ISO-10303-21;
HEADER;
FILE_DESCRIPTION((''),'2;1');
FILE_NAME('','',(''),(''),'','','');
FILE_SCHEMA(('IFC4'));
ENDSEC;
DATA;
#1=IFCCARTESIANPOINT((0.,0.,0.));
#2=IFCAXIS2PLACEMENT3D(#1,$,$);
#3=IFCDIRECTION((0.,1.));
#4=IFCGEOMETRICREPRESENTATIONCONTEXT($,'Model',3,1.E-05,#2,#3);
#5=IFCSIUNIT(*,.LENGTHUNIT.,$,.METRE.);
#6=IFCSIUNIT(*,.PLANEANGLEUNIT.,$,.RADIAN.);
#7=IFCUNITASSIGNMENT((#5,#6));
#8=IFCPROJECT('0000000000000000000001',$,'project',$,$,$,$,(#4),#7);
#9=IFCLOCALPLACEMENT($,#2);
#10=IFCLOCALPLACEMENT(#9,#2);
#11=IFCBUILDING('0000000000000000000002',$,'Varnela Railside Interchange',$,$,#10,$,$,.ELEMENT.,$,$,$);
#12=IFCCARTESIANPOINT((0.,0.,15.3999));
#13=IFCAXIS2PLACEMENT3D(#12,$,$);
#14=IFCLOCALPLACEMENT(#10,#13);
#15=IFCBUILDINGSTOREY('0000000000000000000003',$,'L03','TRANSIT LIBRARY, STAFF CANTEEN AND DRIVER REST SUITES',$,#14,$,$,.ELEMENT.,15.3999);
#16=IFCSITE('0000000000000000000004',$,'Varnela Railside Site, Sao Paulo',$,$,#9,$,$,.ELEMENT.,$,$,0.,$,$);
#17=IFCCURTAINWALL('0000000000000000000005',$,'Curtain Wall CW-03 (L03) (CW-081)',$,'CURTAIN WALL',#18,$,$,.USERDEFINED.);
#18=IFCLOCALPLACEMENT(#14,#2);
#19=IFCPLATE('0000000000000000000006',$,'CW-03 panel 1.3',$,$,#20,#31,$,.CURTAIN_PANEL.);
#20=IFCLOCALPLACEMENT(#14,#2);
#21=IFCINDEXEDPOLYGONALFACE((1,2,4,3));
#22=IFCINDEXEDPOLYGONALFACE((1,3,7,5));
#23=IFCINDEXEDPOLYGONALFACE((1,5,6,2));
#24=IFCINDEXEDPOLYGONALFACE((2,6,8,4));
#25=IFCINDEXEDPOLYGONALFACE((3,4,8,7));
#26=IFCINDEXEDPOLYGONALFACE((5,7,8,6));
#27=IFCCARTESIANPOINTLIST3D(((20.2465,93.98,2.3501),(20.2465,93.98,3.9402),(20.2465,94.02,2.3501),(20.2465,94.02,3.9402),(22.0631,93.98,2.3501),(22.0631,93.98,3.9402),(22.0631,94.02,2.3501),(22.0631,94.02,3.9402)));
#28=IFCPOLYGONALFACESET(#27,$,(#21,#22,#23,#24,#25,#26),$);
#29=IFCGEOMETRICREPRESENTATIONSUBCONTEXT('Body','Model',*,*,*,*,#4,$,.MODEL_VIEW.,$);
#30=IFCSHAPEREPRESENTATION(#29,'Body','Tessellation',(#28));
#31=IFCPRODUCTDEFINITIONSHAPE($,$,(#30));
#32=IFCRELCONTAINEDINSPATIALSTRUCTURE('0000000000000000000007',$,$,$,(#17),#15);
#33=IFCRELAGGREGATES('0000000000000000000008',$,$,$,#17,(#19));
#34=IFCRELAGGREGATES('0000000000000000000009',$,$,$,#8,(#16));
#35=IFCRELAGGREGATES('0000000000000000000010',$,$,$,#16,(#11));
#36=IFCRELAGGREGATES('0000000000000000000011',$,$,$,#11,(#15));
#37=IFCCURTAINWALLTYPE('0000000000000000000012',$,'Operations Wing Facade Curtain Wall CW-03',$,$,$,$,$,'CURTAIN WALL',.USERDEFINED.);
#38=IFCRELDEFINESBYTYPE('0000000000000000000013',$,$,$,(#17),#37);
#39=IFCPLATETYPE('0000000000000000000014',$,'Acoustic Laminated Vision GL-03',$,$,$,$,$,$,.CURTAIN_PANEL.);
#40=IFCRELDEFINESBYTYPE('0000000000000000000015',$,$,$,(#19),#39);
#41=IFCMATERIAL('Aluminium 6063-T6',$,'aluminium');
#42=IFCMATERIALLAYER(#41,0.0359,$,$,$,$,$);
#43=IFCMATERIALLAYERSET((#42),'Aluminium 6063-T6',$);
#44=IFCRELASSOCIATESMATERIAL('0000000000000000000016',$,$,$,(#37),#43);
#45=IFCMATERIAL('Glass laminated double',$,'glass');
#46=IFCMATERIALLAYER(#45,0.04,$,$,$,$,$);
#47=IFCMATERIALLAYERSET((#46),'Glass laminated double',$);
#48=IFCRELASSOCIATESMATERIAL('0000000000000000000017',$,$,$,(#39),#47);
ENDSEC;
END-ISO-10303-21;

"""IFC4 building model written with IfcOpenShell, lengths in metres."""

from ifc_helpers import new_model, si_unit, direction, frame, origin, origin_2d, place, context, subcontext, project, spatial, rectangle, extrude, material, layer, layer_set, type_object, element, aggregate, save


model = new_model("IFC4")

# Units and contexts
model_context = context("Model", 3, precision=1e-05, world=origin(), true_north=direction((0.0, 1.0)))
body_context = subcontext(model_context, "Body", "Model", "MODEL_VIEW")
ifc_project = project(units=[si_unit("LENGTHUNIT", "METRE"), si_unit("PLANEANGLEUNIT", "RADIAN")], contexts=[model_context])

# Site, building, storey
site_placement = place(None, origin())
site = spatial("IfcSite", under=ifc_project, at=site_placement, Name="Varnela Railside Site, Sao Paulo", CompositionType="ELEMENT", RefElevation=0.0)
building_placement = place(site_placement, origin())
building = spatial("IfcBuilding", under=site, at=building_placement, Name="Varnela Railside Interchange", CompositionType="ELEMENT")
storey_placement = place(building_placement, frame((0.0, 0.0, 15.3999)))
storey = spatial("IfcBuildingStorey", under=building, at=storey_placement, Name="L03", Description="TRANSIT LIBRARY, STAFF CANTEEN AND DRIVER REST SUITES", CompositionType="ELEMENT", Elevation=15.3999)

# Curtain wall
ifc_material_1 = material(Name="Aluminium 6063-T6", Category="aluminium")
ifc_layer_1 = layer(ifc_material_1, 0.0359)
ifc_layer_set_1 = layer_set([ifc_layer_1], Name="Aluminium 6063-T6")
curtain_wall_type = type_object("IfcCurtainWallType", Name="Operations Wing Facade Curtain Wall CW-03", ElementType="CURTAIN WALL", PredefinedType="USERDEFINED", material=ifc_layer_set_1)
curtain_wall_placement = place(storey_placement, origin())
curtain_wall = element("IfcCurtainWall", 1, at=curtain_wall_placement, inside=storey, type_object=curtain_wall_type, Name="Curtain Wall CW-03 (L03) (CW-081)", ObjectType="CURTAIN WALL", PredefinedType="USERDEFINED")

# Plate
ifc_material_2 = material(Name="Glass laminated double", Category="glass")
ifc_layer_2 = layer(ifc_material_2, 0.04)
ifc_layer_set_2 = layer_set([ifc_layer_2], Name="Glass laminated double")
plate_type = type_object("IfcPlateType", Name="Acoustic Laminated Vision GL-03", PredefinedType="CURTAIN_PANEL", material=ifc_layer_set_2)
plate_1_placement = place(storey_placement, frame((21.1548, 94.0, 2.3501), z_axis=(0.0, 0.0, 1.0), x_axis=(1.0, 0.0, 0.0)))
plate_1 = element("IfcPlate", 2, at=plate_1_placement, type_object=plate_type, Name="CW-03 panel 1.3", PredefinedType="CURTAIN_PANEL", context=body_context, shape_type="SweptSolid", body=[
    extrude(rectangle(XDim=1.8167, YDim=0.04, at=origin_2d()), origin(), (0.0, 0.0, 1.0), 1.5901),
])
aggregate(curtain_wall, [plate_1])

save(model, "model.ifc")
